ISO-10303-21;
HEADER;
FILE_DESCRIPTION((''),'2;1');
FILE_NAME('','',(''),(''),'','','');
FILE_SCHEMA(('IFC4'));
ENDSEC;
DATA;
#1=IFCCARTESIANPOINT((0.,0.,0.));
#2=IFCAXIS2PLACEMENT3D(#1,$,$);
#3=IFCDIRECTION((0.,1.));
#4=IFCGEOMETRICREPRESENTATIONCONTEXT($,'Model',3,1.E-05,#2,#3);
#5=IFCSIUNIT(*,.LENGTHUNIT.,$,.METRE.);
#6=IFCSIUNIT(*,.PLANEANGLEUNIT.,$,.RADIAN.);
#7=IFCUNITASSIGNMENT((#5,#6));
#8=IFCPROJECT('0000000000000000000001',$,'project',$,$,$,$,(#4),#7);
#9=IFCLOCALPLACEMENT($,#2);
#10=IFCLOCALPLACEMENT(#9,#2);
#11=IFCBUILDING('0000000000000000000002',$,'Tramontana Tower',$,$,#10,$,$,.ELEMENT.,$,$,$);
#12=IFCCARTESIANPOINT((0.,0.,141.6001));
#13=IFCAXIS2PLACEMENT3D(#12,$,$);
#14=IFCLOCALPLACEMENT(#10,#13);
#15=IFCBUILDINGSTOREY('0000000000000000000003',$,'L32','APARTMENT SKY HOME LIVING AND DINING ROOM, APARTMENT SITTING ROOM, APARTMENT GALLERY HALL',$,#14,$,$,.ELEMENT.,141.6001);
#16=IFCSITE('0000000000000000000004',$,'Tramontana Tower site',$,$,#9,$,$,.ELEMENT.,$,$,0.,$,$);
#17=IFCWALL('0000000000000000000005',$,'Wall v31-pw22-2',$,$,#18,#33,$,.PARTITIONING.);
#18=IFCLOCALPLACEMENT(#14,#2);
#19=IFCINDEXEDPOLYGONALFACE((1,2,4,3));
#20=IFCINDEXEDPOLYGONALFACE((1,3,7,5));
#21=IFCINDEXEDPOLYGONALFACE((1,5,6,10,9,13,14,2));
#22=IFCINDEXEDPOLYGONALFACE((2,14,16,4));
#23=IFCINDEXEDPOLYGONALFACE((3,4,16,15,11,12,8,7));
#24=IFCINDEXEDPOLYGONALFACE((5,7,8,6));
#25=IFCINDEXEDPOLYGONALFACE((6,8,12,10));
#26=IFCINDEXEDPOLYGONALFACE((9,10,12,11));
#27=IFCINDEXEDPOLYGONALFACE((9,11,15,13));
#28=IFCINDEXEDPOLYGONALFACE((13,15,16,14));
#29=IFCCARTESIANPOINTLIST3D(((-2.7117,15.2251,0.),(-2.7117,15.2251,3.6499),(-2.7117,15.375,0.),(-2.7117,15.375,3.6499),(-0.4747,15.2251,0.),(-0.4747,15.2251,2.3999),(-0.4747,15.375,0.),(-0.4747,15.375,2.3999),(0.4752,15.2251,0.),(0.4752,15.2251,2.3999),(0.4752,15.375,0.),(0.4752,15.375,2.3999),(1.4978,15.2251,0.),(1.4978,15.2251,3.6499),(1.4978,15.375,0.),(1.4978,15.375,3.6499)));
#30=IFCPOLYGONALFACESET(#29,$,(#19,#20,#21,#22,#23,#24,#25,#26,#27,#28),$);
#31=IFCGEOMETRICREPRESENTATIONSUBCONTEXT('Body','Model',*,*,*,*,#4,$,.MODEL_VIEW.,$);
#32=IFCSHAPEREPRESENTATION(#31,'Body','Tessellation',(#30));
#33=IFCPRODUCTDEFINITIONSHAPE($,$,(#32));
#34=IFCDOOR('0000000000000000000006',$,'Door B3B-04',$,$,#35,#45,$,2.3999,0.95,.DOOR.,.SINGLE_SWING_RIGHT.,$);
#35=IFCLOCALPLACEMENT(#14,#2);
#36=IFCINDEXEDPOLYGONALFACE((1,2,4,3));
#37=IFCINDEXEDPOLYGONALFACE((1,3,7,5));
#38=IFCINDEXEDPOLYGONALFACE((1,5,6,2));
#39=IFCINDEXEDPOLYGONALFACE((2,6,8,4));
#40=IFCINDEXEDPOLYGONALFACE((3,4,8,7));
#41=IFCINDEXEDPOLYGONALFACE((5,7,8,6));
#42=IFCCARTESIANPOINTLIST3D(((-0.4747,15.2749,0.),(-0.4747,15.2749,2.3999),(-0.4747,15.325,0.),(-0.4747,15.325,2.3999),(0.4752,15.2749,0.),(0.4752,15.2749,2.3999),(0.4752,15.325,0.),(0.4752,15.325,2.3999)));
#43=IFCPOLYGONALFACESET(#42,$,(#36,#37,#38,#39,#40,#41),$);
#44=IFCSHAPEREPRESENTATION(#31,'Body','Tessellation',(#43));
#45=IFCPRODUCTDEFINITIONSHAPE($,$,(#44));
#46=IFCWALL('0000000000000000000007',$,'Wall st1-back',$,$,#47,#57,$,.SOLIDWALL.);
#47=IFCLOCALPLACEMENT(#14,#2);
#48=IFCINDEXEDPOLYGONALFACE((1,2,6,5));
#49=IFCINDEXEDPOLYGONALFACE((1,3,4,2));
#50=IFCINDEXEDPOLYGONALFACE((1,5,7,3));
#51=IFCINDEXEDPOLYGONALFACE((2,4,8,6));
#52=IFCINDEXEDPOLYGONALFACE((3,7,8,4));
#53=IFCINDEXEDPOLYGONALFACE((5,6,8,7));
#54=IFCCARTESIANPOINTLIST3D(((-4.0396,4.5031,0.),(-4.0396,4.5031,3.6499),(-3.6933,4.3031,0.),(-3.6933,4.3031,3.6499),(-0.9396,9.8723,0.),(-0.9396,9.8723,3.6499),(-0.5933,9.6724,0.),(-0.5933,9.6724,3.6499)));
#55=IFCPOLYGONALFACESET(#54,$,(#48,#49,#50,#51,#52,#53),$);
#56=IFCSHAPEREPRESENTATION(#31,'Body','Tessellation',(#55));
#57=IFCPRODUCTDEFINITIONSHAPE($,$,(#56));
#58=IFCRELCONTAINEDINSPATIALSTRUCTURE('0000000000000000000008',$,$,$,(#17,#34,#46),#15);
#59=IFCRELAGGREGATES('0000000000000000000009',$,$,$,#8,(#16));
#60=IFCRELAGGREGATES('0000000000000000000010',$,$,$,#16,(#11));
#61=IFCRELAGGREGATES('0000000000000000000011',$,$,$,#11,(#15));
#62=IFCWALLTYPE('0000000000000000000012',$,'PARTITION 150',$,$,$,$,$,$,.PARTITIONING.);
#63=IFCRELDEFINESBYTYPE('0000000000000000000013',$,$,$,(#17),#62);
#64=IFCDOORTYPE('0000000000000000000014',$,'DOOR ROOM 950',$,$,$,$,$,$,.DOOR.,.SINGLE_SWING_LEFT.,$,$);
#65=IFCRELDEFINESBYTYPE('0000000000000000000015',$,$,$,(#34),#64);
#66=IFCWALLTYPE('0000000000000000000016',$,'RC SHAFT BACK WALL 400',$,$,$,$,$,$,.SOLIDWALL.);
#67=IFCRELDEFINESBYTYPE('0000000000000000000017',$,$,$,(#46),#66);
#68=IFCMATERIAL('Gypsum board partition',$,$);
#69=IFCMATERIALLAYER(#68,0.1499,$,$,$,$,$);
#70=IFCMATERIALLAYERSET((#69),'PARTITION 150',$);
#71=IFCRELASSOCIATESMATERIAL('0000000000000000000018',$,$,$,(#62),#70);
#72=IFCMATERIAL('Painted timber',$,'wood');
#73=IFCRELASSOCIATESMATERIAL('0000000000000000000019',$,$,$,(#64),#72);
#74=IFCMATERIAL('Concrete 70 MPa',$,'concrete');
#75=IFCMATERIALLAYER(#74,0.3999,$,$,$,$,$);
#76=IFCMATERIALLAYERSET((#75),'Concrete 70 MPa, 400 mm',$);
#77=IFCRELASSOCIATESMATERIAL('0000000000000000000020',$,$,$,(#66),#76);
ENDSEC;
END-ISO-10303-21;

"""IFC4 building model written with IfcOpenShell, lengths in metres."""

from ifc_helpers import new_model, si_unit, direction, frame, frame_2d, origin, place, context, subcontext, project, spatial, rectangle, extrude, material, layer, layer_set, type_object, element, fill, save


model = new_model("IFC4")

# Units and contexts
model_context = context("Model", 3, precision=1e-05, world=origin(), true_north=direction((0.0, 1.0)))
body_context = subcontext(model_context, "Body", "Model", "MODEL_VIEW")
ifc_project = project(units=[si_unit("LENGTHUNIT", "METRE"), si_unit("PLANEANGLEUNIT", "RADIAN")], contexts=[model_context])

# Site, building, storey
site_placement = place(None, origin())
site = spatial("IfcSite", under=ifc_project, at=site_placement, Name="Tramontana Tower site", CompositionType="ELEMENT", RefElevation=0.0)
building_placement = place(site_placement, origin())
building = spatial("IfcBuilding", under=site, at=building_placement, Name="Tramontana Tower", CompositionType="ELEMENT")
storey_placement = place(building_placement, frame((0.0, 0.0, 141.6001)))
storey = spatial("IfcBuildingStorey", under=building, at=storey_placement, Name="L32", Description="APARTMENT SKY HOME LIVING AND DINING ROOM, APARTMENT SITTING ROOM, APARTMENT GALLERY HALL", CompositionType="ELEMENT", Elevation=141.6001)

# Shared definitions
ifc_material_1 = material(Name="Gypsum board partition")
ifc_layer_1 = layer(ifc_material_1, 0.1499)
ifc_layer_set_1 = layer_set([ifc_layer_1], Name="PARTITION 150")
wall_type_1 = type_object("IfcWallType", Name="PARTITION 150", PredefinedType="PARTITIONING", material=ifc_layer_set_1)

# Shared definitions
ifc_material_2 = material(Name="Painted timber", Category="wood")
door_type_1 = type_object("IfcDoorType", Name="DOOR ROOM 950", OperationType="SINGLE_SWING_LEFT", PredefinedType="DOOR", material=ifc_material_2)

# Wall, opening, door
wall_1_placement = place(storey_placement, frame((-2.7117, 15.3, 0.0), z_axis=(0.0, 0.0, 1.0), x_axis=(1.0, 0.0, 0.0)))
wall_1 = element("IfcWall", 1, at=wall_1_placement, inside=storey, type_object=wall_type_1, Name="Wall v31-pw22-2", PredefinedType="PARTITIONING", context=body_context, shape_type="SweptSolid", body=[
    extrude(rectangle(XDim=4.2095, YDim=0.1499, at=frame_2d((2.1047, 0.0))), origin(), (0.0, 0.0, 1.0), 3.6499),
])
opening_1_placement = place(wall_1_placement, frame((2.2368, 0.0, 0.0)))
opening_1 = element("IfcOpeningElement", 2, at=opening_1_placement, cuts=wall_1, PredefinedType="OPENING", context=body_context, shape_type="SweptSolid", body=[
    extrude(rectangle(XDim=0.95, YDim=2.3999, at=frame_2d((0.4751, 1.2))), frame((0.0, 0.085, 0.0), z_axis=(0.0, -1.0, 0.0), x_axis=(1.0, 0.0, 0.0)), (0.0, 0.0, 1.0), 0.1699),
])
door_1_placement = place(opening_1_placement, origin())
door_1 = element("IfcDoor", 3, at=door_1_placement, inside=storey, type_object=door_type_1, Name="Door B3B-04", OperationType="SINGLE_SWING_RIGHT", OverallHeight=2.3999, OverallWidth=0.95, PredefinedType="DOOR", context=body_context, shape_type="SweptSolid", body=[
    extrude(rectangle(XDim=0.95, YDim=2.3999, at=frame_2d((0.4751, 1.2))), frame((0.0, 0.0249, 0.0), z_axis=(0.0, -1.0, 0.0), x_axis=(1.0, 0.0, 0.0)), (0.0, 0.0, 1.0), 0.05),
])
fill(opening_1, door_1)

# Wall
ifc_material_3 = material(Name="Concrete 70 MPa", Category="concrete")
ifc_layer_2 = layer(ifc_material_3, 0.3999)
ifc_layer_set_2 = layer_set([ifc_layer_2], Name="Concrete 70 MPa, 400 mm")
wall_type_2 = type_object("IfcWallType", Name="RC SHAFT BACK WALL 400", PredefinedType="SOLIDWALL", material=ifc_layer_set_2)
wall_2_placement = place(storey_placement, frame((-0.7664, 9.7725, 0.0), z_axis=(0.0, 0.0, 1.0), x_axis=(-0.50001, -0.86602, 0.0)))
element("IfcWall", 4, at=wall_2_placement, inside=storey, type_object=wall_type_2, Name="Wall st1-back", PredefinedType="SOLIDWALL", context=body_context, shape_type="SweptSolid", body=[
    extrude(rectangle(XDim=6.2, YDim=0.3999, at=frame_2d((3.1001, 0.0))), origin(), (0.0, 0.0, 1.0), 3.6499),
])

save(model, "model.ifc")
